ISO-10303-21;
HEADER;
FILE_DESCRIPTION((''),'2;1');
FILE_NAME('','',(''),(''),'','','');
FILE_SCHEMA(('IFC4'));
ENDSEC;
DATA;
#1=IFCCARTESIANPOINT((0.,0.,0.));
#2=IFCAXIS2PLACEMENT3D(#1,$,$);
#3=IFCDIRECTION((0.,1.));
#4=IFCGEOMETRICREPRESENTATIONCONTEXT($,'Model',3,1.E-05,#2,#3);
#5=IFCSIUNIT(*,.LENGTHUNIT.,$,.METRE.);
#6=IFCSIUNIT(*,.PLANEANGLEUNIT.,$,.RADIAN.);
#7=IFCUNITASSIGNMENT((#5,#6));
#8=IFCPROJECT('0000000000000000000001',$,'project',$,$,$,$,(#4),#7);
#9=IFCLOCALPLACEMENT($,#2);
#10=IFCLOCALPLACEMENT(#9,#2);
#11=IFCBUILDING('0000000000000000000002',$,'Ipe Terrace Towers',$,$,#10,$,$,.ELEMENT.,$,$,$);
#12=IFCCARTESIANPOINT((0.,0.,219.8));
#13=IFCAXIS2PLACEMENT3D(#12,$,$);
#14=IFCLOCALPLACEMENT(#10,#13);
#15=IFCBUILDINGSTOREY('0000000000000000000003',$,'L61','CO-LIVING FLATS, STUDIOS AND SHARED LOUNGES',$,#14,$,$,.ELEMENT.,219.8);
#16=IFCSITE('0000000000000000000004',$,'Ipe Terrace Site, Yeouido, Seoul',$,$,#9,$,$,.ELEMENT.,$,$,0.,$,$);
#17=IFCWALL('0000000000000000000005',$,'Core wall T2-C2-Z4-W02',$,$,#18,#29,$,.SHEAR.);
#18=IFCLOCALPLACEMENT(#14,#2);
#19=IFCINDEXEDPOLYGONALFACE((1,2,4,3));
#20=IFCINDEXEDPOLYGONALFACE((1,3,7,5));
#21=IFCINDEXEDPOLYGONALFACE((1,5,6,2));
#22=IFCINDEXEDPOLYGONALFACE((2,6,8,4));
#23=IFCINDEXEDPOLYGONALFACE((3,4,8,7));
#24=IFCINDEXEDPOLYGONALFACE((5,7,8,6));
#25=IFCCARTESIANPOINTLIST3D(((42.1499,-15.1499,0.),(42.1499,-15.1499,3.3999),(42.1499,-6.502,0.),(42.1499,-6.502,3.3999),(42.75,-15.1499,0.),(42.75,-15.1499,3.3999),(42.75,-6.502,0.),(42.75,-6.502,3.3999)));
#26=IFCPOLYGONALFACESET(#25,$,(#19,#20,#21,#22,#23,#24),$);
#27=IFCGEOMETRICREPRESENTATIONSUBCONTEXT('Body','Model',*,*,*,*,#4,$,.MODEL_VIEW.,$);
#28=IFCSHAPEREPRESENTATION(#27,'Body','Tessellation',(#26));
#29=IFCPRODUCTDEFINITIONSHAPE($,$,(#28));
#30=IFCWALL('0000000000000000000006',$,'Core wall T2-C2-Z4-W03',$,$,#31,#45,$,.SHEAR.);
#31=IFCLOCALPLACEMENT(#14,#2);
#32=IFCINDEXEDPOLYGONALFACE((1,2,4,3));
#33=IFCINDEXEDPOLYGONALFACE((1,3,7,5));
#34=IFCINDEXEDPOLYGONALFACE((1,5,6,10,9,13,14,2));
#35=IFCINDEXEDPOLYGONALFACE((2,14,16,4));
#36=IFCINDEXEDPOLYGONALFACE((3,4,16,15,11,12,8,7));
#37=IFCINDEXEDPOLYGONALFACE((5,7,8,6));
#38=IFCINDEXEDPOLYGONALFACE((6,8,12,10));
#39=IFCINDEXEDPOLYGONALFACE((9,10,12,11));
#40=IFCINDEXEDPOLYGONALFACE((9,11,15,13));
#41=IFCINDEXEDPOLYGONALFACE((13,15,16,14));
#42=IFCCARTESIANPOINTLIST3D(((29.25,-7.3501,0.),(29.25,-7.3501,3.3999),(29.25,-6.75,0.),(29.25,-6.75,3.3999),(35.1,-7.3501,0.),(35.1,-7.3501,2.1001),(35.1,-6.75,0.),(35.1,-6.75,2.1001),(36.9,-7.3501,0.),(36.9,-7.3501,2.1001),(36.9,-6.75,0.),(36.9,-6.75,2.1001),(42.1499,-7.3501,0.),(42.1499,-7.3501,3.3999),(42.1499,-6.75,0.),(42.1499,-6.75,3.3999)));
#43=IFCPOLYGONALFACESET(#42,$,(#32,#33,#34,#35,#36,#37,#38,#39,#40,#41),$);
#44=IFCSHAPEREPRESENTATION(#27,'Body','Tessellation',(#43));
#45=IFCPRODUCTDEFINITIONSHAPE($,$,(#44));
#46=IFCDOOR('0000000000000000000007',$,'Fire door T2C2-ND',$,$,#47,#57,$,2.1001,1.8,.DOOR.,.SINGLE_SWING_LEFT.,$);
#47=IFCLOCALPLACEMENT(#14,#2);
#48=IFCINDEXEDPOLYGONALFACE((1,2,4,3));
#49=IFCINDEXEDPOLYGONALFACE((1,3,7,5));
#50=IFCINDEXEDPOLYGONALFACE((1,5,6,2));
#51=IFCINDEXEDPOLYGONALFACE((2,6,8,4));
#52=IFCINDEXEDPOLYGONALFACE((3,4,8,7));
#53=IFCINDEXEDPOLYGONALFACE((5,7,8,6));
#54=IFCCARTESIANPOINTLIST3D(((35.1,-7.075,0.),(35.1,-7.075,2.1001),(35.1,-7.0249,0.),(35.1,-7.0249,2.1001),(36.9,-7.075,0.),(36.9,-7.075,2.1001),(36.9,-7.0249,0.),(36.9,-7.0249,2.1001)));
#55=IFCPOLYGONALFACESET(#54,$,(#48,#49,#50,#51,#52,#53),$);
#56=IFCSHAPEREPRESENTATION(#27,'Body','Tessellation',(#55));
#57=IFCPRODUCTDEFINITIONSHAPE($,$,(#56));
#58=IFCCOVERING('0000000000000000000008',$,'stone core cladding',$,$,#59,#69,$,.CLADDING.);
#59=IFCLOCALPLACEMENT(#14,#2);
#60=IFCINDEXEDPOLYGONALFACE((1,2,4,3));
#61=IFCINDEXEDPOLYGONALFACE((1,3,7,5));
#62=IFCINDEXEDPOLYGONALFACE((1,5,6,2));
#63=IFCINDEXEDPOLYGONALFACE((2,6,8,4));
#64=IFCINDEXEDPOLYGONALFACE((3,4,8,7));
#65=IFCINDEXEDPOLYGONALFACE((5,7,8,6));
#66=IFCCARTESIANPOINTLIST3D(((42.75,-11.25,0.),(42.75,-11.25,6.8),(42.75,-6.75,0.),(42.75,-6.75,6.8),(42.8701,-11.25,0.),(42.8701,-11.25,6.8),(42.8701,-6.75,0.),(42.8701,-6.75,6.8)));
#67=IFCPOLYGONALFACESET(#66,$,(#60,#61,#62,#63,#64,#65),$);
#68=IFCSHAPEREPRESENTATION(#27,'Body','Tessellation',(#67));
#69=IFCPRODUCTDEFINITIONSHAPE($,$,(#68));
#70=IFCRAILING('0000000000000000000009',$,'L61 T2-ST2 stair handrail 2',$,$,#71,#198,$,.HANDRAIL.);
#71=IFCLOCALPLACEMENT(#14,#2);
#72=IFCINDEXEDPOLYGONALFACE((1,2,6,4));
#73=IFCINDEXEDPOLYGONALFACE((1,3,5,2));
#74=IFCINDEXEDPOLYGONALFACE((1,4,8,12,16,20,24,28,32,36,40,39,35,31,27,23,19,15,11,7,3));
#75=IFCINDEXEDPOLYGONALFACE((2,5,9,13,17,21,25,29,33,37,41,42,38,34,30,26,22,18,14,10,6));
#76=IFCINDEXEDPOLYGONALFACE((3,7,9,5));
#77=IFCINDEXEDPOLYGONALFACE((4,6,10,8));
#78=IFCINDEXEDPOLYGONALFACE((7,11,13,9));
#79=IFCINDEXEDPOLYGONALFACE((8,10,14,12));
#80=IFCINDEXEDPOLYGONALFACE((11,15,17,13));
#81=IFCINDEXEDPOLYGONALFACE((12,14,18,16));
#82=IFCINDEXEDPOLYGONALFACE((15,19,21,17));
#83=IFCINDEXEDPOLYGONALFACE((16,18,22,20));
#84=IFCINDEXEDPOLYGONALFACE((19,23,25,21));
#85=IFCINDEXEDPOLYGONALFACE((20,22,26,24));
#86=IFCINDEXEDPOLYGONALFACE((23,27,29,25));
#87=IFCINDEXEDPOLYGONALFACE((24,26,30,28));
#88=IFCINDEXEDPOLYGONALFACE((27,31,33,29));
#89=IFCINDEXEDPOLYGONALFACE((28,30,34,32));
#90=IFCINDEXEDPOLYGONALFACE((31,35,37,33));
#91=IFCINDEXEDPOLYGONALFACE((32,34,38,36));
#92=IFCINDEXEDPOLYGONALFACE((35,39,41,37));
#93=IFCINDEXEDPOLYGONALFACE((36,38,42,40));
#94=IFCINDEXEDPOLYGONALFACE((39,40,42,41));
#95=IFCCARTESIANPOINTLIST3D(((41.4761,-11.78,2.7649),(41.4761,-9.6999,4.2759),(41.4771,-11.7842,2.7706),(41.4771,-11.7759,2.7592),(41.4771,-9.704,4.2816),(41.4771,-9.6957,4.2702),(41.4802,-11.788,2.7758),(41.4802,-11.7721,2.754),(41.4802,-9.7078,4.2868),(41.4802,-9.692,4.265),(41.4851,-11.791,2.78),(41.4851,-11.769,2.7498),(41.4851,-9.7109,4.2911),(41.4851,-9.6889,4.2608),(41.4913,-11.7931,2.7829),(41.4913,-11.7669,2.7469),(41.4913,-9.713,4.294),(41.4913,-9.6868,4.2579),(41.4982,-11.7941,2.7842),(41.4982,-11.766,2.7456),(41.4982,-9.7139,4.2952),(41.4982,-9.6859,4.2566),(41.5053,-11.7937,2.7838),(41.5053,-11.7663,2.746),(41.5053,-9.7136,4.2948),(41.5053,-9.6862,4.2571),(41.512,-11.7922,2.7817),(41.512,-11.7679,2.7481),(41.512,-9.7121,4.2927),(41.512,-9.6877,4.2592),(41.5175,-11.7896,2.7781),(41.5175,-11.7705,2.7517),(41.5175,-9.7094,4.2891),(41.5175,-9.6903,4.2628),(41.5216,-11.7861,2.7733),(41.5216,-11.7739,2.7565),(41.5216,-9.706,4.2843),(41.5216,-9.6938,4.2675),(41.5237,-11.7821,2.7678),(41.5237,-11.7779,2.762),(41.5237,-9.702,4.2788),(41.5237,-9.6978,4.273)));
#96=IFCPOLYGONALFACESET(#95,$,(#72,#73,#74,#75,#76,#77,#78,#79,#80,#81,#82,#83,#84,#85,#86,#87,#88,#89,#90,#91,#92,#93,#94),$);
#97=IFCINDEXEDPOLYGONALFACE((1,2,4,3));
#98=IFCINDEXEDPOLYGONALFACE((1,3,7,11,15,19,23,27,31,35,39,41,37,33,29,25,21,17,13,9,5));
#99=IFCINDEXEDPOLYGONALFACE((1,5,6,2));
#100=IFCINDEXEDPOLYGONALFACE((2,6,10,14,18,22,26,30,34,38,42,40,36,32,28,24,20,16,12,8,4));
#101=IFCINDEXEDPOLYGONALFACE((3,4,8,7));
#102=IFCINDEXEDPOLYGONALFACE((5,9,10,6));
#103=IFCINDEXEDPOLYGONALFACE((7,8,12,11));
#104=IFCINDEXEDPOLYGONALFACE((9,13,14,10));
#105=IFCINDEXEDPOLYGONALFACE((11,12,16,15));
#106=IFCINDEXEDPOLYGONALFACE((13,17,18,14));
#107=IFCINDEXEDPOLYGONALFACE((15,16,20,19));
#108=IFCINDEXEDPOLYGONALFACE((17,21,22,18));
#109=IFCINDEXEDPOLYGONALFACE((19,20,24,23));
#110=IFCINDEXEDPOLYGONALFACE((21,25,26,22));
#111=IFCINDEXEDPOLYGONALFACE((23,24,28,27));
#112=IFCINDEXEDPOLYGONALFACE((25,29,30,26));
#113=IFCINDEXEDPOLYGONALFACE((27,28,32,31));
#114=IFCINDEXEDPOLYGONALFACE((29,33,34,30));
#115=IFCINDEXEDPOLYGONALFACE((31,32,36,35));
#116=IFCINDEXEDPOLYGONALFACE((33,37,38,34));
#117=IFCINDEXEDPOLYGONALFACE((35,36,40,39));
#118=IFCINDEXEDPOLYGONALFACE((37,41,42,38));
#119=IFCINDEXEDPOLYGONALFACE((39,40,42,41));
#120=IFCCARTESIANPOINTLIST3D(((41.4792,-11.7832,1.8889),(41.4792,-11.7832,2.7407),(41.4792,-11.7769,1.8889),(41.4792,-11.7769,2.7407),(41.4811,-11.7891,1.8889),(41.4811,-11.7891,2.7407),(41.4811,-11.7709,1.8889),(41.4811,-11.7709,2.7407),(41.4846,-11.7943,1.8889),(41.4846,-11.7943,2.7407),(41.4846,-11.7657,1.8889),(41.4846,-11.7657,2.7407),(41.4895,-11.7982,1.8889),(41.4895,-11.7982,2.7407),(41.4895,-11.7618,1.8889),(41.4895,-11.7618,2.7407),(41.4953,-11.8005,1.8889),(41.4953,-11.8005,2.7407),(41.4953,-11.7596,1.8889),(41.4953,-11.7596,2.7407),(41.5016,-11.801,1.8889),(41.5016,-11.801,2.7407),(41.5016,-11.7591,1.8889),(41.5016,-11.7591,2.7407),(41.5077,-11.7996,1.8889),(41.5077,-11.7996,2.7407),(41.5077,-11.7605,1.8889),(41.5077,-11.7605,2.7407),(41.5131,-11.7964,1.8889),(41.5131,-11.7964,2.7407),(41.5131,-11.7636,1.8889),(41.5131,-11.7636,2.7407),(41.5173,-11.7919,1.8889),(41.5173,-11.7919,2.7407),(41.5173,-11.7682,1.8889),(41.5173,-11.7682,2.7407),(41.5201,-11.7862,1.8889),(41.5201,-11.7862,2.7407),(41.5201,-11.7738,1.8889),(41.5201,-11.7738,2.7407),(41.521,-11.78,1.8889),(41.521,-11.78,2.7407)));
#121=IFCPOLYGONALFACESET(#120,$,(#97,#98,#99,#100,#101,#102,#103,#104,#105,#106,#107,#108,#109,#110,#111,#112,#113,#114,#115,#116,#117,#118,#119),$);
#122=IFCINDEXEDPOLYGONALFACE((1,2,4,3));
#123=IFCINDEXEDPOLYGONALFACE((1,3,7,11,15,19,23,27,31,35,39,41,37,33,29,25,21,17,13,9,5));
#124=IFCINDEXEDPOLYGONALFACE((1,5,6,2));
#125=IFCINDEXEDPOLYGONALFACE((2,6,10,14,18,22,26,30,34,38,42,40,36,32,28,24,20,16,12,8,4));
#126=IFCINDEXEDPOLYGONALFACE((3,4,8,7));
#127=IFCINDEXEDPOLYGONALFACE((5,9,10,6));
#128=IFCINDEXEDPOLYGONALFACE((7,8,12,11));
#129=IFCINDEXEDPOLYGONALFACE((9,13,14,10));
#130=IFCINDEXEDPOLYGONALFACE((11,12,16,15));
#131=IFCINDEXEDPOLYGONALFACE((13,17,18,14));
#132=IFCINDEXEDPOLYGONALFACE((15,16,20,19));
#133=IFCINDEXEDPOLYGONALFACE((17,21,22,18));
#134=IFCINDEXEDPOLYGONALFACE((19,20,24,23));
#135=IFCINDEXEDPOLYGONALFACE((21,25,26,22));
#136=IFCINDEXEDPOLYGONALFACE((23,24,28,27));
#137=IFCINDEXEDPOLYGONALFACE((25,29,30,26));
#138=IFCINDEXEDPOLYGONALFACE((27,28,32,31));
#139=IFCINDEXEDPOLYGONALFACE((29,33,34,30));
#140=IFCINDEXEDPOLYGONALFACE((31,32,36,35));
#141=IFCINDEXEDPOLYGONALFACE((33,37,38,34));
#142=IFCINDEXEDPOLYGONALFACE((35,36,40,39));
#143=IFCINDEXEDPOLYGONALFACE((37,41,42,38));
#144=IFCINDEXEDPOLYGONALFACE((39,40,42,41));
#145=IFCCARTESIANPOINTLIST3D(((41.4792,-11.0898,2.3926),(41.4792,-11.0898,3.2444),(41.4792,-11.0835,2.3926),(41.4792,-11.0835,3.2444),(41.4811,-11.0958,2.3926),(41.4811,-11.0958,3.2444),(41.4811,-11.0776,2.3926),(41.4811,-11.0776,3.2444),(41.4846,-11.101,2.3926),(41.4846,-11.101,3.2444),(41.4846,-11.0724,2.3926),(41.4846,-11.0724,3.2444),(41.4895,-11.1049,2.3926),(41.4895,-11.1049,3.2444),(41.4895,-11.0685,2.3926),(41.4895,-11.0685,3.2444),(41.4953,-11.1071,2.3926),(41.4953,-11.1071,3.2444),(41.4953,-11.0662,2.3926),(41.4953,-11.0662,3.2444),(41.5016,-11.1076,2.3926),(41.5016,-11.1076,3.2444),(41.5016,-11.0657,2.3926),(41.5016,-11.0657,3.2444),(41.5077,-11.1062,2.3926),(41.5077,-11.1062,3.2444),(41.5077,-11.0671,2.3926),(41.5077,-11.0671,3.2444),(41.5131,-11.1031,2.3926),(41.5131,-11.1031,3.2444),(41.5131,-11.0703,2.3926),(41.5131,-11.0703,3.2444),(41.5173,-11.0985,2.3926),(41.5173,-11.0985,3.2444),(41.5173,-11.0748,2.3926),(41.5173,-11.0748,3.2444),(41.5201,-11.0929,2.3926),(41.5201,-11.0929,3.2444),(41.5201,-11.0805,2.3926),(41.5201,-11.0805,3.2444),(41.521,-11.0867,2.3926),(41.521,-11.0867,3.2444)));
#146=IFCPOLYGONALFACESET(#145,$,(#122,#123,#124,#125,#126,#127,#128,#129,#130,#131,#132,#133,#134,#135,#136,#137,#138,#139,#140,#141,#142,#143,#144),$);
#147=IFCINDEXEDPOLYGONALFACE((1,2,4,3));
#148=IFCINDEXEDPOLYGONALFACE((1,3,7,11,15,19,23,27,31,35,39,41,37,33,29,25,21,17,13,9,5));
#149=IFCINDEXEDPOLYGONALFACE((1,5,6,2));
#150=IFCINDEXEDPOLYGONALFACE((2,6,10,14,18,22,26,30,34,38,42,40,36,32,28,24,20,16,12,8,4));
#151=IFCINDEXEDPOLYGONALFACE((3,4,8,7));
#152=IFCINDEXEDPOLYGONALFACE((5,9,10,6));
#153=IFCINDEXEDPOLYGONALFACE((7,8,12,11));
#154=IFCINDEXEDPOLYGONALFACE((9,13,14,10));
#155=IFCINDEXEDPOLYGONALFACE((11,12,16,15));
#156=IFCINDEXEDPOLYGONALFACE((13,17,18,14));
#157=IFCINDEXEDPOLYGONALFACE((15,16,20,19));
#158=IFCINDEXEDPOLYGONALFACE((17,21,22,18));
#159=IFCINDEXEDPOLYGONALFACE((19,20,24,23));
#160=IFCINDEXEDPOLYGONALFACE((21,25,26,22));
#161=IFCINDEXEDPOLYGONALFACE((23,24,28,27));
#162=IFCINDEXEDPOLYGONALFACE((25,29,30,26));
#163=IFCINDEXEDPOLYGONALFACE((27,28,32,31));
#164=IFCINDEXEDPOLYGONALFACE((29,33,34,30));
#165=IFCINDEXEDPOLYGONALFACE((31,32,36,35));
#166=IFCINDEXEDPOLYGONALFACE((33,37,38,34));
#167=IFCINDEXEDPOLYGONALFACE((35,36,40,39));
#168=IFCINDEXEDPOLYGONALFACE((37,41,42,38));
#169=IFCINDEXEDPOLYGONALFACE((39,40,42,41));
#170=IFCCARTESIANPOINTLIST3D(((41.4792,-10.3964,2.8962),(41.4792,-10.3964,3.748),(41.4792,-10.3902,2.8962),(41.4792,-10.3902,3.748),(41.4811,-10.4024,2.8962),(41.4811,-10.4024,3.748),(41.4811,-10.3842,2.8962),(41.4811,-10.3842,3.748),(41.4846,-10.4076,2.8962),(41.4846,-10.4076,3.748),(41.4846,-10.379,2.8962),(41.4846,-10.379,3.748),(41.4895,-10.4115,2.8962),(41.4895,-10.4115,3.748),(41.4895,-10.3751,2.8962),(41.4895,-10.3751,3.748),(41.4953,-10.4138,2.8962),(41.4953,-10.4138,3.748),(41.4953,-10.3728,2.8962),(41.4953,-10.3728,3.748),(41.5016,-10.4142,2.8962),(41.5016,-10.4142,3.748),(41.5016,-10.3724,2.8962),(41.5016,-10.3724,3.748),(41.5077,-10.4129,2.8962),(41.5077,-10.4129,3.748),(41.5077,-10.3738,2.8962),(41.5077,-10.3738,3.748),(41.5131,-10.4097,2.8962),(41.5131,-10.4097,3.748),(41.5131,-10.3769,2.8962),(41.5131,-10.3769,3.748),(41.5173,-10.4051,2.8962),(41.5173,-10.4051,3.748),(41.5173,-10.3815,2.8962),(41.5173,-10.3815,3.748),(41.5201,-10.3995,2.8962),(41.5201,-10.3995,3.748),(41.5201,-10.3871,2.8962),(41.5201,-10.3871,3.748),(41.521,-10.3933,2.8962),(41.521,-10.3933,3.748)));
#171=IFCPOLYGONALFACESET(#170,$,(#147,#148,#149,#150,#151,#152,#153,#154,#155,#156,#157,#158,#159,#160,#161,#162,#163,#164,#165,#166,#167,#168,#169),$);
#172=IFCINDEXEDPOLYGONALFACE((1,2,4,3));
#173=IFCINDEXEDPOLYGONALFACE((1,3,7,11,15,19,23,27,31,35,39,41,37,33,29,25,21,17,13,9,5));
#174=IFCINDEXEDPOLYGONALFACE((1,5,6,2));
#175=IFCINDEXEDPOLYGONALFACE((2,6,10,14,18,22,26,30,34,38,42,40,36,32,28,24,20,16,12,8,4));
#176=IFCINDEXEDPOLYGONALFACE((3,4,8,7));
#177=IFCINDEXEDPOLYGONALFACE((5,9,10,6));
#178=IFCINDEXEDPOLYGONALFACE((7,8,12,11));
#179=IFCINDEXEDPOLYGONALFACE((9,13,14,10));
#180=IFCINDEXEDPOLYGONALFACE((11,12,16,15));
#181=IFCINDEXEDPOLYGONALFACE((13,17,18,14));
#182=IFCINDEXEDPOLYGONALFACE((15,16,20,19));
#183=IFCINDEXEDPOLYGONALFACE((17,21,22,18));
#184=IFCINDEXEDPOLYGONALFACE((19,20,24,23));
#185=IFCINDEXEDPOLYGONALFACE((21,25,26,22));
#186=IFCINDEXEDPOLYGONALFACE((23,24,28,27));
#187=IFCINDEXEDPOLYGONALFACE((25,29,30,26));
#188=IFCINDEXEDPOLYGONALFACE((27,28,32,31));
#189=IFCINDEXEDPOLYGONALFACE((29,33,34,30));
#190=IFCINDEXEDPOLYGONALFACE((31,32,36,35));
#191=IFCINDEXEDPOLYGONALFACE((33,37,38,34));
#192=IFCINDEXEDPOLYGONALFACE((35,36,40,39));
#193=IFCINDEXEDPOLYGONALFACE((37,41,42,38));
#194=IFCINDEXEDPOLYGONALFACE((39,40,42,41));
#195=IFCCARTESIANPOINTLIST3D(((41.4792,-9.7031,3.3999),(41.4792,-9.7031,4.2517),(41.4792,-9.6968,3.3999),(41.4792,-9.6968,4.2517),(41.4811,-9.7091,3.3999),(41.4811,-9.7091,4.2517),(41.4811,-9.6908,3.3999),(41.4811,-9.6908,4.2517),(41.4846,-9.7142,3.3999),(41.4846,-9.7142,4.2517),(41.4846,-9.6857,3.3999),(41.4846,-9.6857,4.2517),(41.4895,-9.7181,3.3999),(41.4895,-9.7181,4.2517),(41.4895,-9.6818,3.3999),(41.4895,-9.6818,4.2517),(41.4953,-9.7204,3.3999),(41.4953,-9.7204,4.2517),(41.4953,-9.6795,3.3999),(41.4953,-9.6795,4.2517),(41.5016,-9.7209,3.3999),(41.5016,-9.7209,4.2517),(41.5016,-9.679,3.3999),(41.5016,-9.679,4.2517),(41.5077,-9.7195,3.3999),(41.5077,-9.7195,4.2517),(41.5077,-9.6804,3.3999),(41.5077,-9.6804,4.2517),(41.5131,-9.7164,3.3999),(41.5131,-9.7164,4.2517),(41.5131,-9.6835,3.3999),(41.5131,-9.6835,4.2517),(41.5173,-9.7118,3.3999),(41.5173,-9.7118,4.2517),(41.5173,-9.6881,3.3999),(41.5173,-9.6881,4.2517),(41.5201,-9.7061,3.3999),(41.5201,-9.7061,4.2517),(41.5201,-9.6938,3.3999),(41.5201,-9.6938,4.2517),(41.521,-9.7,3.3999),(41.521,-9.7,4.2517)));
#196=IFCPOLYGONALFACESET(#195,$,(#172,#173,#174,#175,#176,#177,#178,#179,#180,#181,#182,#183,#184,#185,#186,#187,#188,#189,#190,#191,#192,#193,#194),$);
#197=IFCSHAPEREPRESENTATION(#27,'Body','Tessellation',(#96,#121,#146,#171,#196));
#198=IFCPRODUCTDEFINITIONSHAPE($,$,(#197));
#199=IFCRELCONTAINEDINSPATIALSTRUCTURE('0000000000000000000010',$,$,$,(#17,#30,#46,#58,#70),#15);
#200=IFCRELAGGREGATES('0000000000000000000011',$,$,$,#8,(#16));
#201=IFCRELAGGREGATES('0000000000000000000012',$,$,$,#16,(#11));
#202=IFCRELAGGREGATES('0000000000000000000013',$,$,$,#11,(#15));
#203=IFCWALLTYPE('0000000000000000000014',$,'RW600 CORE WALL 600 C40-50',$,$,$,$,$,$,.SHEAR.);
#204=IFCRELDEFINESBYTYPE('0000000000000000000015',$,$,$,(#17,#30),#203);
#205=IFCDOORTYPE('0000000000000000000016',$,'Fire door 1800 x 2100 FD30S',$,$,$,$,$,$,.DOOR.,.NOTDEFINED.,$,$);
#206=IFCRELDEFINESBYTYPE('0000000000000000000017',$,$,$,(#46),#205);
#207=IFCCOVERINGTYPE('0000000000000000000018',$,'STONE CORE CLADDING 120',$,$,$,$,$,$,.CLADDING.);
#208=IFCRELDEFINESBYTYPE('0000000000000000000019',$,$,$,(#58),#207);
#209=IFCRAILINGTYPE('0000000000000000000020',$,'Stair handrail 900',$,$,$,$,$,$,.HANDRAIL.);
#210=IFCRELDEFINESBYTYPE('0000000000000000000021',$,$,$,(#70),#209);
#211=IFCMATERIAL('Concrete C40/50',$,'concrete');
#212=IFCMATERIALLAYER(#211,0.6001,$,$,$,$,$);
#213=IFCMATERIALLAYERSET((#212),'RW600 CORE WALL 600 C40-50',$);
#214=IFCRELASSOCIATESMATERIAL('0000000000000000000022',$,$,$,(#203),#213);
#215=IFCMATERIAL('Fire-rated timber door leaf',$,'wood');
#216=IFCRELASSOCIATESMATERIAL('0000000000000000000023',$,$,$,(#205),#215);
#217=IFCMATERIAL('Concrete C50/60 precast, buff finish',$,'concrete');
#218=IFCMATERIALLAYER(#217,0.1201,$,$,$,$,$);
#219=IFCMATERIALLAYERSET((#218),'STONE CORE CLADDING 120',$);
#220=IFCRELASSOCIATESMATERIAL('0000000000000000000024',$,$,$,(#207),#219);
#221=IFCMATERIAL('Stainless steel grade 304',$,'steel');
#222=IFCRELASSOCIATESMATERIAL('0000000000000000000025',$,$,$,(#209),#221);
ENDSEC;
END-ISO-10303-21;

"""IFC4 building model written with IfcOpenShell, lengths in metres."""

from ifc_helpers import new_model, si_unit, direction, frame, frame_2d, origin, origin_2d, place, context, subcontext, project, spatial, rectangle, circle, extrude, material, layer, layer_set, type_object, element, fill, save


model = new_model("IFC4")

# Units and contexts
model_context = context("Model", 3, precision=1e-05, world=origin(), true_north=direction((0.0, 1.0)))
body_context = subcontext(model_context, "Body", "Model", "MODEL_VIEW")
ifc_project = project(units=[si_unit("LENGTHUNIT", "METRE"), si_unit("PLANEANGLEUNIT", "RADIAN")], contexts=[model_context])

# Site, building, storey
site_placement = place(None, origin())
site = spatial("IfcSite", under=ifc_project, at=site_placement, Name="Ipe Terrace Site, Yeouido, Seoul", CompositionType="ELEMENT", RefElevation=0.0)
building_placement = place(site_placement, origin())
building = spatial("IfcBuilding", under=site, at=building_placement, Name="Ipe Terrace Towers", CompositionType="ELEMENT")
storey_placement = place(building_placement, frame((0.0, 0.0, 219.8)))
storey = spatial("IfcBuildingStorey", under=building, at=storey_placement, Name="L61", Description="CO-LIVING FLATS, STUDIOS AND SHARED LOUNGES", CompositionType="ELEMENT", Elevation=219.8)

# Wall
ifc_material_1 = material(Name="Concrete C40/50", Category="concrete")
ifc_layer_1 = layer(ifc_material_1, 0.6001)
ifc_layer_set_1 = layer_set([ifc_layer_1], Name="RW600 CORE WALL 600 C40-50")
wall_type_1 = type_object("IfcWallType", Name="RW600 CORE WALL 600 C40-50", PredefinedType="SHEAR", material=ifc_layer_set_1)
wall_1_placement = place(storey_placement, frame((42.45, -15.1499, 0.0), z_axis=(0.0, 0.0, 1.0), x_axis=(0.0, 1.0, 0.0)))
element("IfcWall", 1, at=wall_1_placement, inside=storey, type_object=wall_type_1, Name="Core wall T2-C2-Z4-W02", PredefinedType="SHEAR", context=body_context, shape_type="SweptSolid", body=[
    extrude(rectangle(XDim=8.6479, YDim=0.6001, at=frame_2d((4.324, 0.0))), origin(), (0.0, 0.0, 1.0), 3.3999),
])

# Wall, opening, door
wall_2_placement = place(storey_placement, frame((42.1499, -7.05, 0.0), z_axis=(0.0, 0.0, 1.0), x_axis=(-1.0, 0.0, 0.0)))
wall_2 = element("IfcWall", 2, at=wall_2_placement, inside=storey, type_object=wall_type_1, Name="Core wall T2-C2-Z4-W03", PredefinedType="SHEAR", context=body_context, shape_type="SweptSolid", body=[
    extrude(rectangle(XDim=12.8999, YDim=0.6001, at=frame_2d((6.45, 0.0))), origin(), (0.0, 0.0, 1.0), 3.3999),
])
opening_1_placement = place(wall_2_placement, frame((5.25, 0.0, 0.0)))
opening_1 = element("IfcOpeningElement", 3, at=opening_1_placement, cuts=wall_2, PredefinedType="OPENING", context=body_context, shape_type="SweptSolid", body=[
    extrude(rectangle(XDim=1.8, YDim=2.1001, at=frame_2d((0.8999, 1.05))), frame((0.0, 0.3101, 0.0), z_axis=(0.0, -1.0, 0.0), x_axis=(1.0, 0.0, 0.0)), (0.0, 0.0, 1.0), 0.6201),
])
ifc_material_2 = material(Name="Fire-rated timber door leaf", Category="wood")
door_type_1 = type_object("IfcDoorType", Name="Fire door 1800 x 2100 FD30S", OperationType="NOTDEFINED", PredefinedType="DOOR", material=ifc_material_2)
door_1_placement = place(opening_1_placement, origin())
door_1 = element("IfcDoor", 4, at=door_1_placement, inside=storey, type_object=door_type_1, Name="Fire door T2C2-ND", OperationType="SINGLE_SWING_LEFT", OverallHeight=2.1001, OverallWidth=1.8, PredefinedType="DOOR", context=body_context, shape_type="SweptSolid", body=[
    extrude(rectangle(XDim=1.8, YDim=2.1001, at=frame_2d((0.8999, 1.05))), frame((0.0, 0.0249, 0.0), z_axis=(0.0, -1.0, 0.0), x_axis=(1.0, 0.0, 0.0)), (0.0, 0.0, 1.0), 0.05),
])
fill(opening_1, door_1)

# Covering
ifc_material_3 = material(Name="Concrete C50/60 precast, buff finish", Category="concrete")
ifc_layer_2 = layer(ifc_material_3, 0.1201)
ifc_layer_set_2 = layer_set([ifc_layer_2], Name="STONE CORE CLADDING 120")
covering_type = type_object("IfcCoveringType", Name="STONE CORE CLADDING 120", PredefinedType="CLADDING", material=ifc_layer_set_2)
covering_placement = place(storey_placement, frame((42.8101, -9.0, 0.0), z_axis=(0.0, 0.0, 1.0), x_axis=(0.0, 1.0, 0.0)))
element("IfcCovering", 5, at=covering_placement, inside=storey, type_object=covering_type, Name="stone core cladding", PredefinedType="CLADDING", context=body_context, shape_type="SweptSolid", body=[
    extrude(rectangle(XDim=4.5, YDim=0.1201, at=origin_2d()), origin(), (0.0, 0.0, 1.0), 6.8),
])

# Railing
ifc_material_4 = material(Name="Stainless steel grade 304", Category="steel")
railing_type = type_object("IfcRailingType", Name="Stair handrail 900", PredefinedType="HANDRAIL", material=ifc_material_4)
railing_placement = place(storey_placement, frame((41.5, -11.78, 1.8889)))
element("IfcRailing", 6, at=railing_placement, inside=storey, type_object=railing_type, Name="L61 T2-ST2 stair handrail 2", PredefinedType="HANDRAIL", context=body_context, shape_type="SweptSolid", body=[
    extrude(circle(Radius=0.0239, at=origin_2d()), frame((0.0, 0.0, 0.876), z_axis=(0.0, 0.809069, 0.587714), x_axis=(-1.0, 0.0, 0.0)), (0.0, 0.0, 1.0), 2.571),
    extrude(circle(Radius=0.021, at=origin_2d()), origin(), (0.0, 0.0, 1.0), 0.8518),
    extrude(circle(Radius=0.021, at=origin_2d()), frame((0.0, 0.6934, 0.5037)), (0.0, 0.0, 1.0), 0.8518),
    extrude(circle(Radius=0.021, at=origin_2d()), frame((0.0, 1.3867, 1.0073)), (0.0, 0.0, 1.0), 0.8518),
    extrude(circle(Radius=0.021, at=origin_2d()), frame((0.0, 2.0801, 1.511)), (0.0, 0.0, 1.0), 0.8518),
])

save(model, "model.ifc")
